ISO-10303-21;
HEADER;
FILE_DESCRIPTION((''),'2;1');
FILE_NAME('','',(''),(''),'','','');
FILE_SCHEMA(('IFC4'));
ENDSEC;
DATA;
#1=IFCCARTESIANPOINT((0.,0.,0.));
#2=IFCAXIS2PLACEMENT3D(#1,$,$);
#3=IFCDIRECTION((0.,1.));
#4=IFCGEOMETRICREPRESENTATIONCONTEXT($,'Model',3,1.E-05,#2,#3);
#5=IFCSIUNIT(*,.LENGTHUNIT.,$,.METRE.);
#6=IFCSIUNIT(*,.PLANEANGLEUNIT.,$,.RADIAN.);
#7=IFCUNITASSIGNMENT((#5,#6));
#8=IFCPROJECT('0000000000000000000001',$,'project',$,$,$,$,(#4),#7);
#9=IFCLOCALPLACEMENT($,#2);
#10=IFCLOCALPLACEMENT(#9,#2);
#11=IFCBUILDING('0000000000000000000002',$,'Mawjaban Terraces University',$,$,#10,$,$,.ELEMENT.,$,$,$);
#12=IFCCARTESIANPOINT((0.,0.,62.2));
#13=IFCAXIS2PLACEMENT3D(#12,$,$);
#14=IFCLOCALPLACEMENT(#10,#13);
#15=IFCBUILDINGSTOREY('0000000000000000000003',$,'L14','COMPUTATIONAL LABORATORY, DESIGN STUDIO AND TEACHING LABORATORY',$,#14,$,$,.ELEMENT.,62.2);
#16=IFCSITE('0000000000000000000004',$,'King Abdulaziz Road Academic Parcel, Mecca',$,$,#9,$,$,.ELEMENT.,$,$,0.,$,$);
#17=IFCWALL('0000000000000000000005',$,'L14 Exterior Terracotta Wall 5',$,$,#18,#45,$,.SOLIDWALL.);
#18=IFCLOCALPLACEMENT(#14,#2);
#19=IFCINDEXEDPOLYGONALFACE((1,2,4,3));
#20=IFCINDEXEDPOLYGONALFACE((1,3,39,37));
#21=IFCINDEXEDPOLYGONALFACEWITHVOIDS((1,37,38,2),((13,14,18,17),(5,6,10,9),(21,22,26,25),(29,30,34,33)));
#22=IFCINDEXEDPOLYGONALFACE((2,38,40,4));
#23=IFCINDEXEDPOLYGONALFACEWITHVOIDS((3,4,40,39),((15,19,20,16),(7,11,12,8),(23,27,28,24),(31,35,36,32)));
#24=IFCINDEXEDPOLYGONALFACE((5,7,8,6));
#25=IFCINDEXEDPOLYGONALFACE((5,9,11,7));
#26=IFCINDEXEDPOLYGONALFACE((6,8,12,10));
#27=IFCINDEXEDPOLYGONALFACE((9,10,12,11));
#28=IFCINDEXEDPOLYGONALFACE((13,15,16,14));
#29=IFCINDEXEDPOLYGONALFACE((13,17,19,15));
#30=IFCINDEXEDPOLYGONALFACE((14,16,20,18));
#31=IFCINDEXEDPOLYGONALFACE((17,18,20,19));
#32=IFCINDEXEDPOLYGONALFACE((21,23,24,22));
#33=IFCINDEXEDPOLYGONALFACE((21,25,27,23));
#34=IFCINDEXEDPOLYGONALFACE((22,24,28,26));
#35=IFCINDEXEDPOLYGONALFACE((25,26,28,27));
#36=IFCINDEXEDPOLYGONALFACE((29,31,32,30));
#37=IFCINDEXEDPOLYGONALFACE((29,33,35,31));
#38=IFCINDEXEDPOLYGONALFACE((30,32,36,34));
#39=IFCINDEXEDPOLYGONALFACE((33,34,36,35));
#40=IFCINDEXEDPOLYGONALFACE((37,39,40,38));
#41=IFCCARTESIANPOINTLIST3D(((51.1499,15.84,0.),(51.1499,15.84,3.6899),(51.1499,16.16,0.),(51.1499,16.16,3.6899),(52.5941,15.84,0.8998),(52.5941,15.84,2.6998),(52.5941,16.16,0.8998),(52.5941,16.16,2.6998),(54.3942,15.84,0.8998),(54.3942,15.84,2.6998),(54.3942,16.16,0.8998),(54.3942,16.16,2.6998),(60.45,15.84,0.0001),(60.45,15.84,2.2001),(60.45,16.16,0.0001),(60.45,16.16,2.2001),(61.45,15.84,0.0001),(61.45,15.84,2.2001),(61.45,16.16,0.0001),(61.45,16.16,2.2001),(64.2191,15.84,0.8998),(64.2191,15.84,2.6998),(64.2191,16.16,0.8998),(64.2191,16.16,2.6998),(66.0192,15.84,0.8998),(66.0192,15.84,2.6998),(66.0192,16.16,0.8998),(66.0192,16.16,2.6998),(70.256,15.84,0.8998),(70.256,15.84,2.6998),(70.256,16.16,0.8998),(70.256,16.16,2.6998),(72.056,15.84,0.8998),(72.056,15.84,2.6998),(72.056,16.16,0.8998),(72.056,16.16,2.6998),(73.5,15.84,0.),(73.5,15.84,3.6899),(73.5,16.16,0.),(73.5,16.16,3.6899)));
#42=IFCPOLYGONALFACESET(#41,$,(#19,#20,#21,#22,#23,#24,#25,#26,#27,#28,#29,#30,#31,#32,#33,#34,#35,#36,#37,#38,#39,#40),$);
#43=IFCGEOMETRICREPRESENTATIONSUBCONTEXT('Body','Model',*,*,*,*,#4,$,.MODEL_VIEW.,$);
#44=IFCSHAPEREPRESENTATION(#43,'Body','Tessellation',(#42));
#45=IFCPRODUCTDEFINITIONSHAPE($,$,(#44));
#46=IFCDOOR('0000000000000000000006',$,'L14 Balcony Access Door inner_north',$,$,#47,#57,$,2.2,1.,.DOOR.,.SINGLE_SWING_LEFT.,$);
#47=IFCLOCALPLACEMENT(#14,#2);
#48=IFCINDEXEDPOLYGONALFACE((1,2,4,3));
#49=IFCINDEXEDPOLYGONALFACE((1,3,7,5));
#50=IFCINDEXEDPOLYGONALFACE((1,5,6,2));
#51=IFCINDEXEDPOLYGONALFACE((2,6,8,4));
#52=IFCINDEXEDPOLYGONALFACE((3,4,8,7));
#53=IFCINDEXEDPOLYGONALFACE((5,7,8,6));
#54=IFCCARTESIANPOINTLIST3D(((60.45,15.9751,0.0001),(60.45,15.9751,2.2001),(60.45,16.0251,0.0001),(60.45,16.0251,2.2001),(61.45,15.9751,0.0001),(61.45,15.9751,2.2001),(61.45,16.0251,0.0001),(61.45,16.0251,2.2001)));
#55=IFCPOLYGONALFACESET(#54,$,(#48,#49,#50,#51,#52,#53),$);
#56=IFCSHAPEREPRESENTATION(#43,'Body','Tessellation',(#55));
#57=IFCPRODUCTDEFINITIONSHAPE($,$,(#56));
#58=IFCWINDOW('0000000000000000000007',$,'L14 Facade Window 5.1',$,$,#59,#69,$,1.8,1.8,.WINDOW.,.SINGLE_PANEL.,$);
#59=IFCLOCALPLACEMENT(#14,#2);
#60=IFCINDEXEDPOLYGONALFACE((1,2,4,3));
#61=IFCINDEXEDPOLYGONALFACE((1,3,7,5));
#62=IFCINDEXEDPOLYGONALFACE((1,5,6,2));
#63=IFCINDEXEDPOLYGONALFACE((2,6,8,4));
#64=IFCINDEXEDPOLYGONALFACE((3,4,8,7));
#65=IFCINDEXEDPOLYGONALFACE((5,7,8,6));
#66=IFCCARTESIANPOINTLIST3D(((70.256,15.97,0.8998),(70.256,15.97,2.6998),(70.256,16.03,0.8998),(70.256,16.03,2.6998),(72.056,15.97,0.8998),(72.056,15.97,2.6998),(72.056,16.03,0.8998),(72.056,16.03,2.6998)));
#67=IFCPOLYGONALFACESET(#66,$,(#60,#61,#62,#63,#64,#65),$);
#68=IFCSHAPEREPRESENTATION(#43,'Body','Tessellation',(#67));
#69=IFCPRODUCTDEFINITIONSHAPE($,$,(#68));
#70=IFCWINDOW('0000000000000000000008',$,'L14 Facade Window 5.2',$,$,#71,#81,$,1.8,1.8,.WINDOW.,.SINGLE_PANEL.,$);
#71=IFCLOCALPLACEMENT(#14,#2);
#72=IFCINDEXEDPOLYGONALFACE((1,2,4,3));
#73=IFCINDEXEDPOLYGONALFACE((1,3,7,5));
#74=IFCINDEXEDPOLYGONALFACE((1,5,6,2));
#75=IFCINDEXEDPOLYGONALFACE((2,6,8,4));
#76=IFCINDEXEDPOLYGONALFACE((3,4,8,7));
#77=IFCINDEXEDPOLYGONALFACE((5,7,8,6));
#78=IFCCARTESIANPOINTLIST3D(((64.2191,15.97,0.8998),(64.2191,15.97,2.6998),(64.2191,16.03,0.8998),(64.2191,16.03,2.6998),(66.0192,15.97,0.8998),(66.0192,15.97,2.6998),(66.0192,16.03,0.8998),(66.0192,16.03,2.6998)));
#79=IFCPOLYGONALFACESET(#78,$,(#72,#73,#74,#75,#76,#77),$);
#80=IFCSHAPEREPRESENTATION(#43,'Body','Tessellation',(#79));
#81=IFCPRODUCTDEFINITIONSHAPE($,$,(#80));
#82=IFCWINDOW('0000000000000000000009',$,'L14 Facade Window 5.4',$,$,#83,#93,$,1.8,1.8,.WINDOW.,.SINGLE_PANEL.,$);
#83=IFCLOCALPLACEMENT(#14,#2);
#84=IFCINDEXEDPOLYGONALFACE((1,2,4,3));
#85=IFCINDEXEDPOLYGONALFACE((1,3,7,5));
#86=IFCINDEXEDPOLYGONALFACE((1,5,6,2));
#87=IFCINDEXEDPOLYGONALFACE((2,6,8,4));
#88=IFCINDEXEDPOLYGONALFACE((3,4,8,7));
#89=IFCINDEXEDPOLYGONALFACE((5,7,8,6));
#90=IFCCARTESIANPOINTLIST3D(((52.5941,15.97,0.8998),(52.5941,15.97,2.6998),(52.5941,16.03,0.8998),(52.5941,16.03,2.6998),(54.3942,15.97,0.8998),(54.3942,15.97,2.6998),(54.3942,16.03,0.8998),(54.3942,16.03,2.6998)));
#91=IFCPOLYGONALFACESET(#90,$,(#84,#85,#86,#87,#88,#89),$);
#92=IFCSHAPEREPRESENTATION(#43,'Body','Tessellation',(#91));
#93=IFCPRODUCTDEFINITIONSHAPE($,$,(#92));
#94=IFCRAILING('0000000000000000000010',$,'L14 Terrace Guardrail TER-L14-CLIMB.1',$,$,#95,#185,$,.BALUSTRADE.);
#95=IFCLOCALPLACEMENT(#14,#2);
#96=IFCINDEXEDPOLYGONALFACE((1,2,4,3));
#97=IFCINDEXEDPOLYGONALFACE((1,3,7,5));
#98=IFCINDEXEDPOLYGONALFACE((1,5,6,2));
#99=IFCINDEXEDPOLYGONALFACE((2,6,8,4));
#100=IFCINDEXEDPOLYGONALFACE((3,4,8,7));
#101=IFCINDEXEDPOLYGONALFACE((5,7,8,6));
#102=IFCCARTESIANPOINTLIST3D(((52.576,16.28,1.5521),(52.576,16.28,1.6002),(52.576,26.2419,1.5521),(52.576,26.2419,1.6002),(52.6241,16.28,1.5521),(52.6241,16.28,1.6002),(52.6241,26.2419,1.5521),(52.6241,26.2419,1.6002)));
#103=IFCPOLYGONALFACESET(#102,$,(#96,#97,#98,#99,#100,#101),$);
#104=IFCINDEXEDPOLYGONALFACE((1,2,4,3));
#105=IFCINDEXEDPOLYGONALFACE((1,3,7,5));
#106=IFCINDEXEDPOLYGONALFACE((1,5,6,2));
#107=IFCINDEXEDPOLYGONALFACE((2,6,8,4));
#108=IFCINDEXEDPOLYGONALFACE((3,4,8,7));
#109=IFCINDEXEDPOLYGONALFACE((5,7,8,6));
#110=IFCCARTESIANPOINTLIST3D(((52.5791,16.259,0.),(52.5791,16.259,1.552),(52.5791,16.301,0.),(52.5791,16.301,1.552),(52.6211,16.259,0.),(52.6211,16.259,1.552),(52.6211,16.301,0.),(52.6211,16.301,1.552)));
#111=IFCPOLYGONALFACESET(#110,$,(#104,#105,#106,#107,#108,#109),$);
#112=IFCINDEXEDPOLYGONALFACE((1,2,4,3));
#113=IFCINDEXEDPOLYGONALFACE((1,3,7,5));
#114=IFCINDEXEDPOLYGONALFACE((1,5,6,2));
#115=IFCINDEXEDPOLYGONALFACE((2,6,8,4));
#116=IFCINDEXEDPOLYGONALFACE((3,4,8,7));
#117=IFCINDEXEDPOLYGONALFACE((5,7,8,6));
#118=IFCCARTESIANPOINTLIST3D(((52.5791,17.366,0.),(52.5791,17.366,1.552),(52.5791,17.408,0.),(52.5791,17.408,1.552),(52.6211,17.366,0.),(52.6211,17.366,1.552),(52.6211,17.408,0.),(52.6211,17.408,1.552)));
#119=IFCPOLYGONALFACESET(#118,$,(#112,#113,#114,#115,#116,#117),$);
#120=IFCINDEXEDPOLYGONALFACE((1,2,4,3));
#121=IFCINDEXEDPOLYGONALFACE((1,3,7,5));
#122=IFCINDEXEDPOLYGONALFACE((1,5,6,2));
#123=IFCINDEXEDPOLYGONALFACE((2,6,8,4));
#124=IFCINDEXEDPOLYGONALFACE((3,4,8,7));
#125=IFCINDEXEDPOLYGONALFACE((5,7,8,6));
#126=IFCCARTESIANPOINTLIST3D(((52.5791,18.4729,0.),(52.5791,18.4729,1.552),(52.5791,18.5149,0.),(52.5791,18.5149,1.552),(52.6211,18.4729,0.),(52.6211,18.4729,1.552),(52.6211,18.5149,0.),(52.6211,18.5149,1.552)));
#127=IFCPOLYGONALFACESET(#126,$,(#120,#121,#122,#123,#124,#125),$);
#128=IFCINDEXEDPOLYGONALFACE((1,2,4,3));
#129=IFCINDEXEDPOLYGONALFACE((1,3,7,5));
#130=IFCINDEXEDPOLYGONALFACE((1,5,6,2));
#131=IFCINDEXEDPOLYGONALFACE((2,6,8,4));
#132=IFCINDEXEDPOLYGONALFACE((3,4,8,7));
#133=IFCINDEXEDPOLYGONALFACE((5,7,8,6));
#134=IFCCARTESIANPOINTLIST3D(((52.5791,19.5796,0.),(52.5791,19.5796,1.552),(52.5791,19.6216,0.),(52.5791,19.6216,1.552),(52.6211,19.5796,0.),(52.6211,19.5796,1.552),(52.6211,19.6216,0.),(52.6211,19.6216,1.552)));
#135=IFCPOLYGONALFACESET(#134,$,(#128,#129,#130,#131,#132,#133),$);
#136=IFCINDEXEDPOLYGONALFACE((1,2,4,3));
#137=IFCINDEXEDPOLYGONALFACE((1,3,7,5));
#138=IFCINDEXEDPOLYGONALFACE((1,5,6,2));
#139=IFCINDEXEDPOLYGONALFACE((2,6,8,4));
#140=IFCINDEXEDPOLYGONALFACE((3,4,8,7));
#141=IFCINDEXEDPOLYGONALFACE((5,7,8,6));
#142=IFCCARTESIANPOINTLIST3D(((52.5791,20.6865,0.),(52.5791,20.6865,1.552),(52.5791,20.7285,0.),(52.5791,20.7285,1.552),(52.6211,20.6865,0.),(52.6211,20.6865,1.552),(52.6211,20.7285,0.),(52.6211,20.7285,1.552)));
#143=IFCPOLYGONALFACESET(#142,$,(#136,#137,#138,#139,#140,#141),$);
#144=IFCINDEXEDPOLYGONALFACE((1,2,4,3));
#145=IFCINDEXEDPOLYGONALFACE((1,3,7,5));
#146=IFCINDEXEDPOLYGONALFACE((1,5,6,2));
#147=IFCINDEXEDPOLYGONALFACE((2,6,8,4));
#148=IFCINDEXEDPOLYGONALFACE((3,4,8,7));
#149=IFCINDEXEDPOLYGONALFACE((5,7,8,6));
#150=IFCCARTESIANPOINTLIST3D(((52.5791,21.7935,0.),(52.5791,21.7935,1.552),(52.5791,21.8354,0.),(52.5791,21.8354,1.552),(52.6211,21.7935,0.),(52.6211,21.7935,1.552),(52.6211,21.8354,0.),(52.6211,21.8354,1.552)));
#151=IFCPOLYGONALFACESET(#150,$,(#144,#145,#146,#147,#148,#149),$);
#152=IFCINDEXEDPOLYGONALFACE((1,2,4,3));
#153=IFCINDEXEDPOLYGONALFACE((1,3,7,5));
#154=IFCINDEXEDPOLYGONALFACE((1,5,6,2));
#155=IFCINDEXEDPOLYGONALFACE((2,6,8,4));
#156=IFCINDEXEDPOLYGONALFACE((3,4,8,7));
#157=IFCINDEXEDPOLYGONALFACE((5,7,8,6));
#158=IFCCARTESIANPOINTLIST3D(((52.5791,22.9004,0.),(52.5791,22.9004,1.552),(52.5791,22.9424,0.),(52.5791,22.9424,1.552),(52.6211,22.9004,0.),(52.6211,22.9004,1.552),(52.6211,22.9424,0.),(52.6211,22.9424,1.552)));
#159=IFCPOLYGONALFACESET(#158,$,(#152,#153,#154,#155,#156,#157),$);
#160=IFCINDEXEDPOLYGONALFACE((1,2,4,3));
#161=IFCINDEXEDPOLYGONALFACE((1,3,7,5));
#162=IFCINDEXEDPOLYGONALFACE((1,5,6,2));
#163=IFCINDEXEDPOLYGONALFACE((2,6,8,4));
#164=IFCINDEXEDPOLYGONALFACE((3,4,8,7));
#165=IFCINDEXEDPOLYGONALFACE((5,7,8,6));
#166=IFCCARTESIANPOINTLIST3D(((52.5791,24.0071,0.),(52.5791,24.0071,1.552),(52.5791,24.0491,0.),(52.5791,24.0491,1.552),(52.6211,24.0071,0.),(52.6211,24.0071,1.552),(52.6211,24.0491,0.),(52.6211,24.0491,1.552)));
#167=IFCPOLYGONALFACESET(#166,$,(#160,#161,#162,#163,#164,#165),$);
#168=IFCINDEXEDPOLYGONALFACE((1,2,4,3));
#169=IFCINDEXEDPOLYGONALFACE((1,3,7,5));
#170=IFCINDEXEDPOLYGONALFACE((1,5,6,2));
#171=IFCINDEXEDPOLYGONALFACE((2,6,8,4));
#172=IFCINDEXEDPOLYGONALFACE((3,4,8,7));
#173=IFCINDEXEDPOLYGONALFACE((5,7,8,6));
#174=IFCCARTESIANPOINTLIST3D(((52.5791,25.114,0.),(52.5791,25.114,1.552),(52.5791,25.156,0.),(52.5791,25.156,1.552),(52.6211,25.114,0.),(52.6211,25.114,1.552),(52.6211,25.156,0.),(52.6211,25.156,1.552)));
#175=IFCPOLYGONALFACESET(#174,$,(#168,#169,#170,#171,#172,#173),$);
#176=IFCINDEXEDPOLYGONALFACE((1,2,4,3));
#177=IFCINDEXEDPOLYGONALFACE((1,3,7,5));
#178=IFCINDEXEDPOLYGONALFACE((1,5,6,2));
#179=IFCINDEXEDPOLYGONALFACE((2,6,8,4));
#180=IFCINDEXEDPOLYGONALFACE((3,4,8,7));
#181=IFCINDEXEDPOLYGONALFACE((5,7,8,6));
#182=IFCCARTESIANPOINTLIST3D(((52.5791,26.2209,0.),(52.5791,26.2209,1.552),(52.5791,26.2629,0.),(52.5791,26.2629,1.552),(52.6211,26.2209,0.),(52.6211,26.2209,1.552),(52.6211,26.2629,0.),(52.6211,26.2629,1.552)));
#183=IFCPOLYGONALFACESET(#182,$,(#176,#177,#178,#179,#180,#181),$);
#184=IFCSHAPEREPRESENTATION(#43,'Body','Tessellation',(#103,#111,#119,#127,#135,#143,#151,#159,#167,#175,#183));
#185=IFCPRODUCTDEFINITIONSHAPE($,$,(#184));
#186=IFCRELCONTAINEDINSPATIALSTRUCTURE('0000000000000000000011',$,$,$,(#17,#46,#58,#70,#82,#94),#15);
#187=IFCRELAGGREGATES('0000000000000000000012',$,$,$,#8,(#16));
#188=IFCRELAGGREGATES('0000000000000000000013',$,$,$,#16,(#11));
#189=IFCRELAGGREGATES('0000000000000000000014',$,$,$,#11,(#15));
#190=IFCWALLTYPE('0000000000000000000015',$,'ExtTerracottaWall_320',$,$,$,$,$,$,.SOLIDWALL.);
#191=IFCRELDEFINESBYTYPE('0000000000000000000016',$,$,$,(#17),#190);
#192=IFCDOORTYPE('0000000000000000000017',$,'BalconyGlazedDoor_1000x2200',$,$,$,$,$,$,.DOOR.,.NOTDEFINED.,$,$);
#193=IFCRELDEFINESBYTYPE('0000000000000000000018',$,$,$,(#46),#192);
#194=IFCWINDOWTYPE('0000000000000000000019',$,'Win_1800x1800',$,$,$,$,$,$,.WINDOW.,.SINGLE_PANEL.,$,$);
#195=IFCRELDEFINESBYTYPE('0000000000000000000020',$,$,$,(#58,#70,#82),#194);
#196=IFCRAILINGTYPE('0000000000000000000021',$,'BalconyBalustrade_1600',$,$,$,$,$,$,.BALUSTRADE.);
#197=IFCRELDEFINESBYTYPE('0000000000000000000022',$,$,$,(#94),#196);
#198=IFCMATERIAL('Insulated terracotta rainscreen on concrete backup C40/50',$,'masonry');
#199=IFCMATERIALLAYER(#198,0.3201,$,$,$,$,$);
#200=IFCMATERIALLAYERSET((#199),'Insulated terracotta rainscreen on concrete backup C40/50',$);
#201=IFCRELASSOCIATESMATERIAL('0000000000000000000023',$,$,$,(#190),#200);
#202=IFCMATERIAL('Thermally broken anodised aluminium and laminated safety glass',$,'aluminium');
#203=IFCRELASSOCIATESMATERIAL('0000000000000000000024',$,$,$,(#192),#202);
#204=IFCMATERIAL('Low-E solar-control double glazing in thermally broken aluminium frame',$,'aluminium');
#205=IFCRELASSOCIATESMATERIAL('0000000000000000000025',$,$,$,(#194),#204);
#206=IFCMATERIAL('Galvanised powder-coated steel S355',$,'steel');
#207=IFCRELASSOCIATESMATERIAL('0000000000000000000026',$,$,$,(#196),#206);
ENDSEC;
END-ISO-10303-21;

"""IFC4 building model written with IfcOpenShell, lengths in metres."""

from ifc_helpers import new_model, si_unit, direction, frame, frame_2d, origin, origin_2d, place, context, subcontext, project, spatial, rectangle, extrude, material, layer, layer_set, type_object, element, fill, save


model = new_model("IFC4")

# Units and contexts
model_context = context("Model", 3, precision=1e-05, world=origin(), true_north=direction((0.0, 1.0)))
body_context = subcontext(model_context, "Body", "Model", "MODEL_VIEW")
ifc_project = project(units=[si_unit("LENGTHUNIT", "METRE"), si_unit("PLANEANGLEUNIT", "RADIAN")], contexts=[model_context])

# Site, building, storey
site_placement = place(None, origin())
site = spatial("IfcSite", under=ifc_project, at=site_placement, Name="King Abdulaziz Road Academic Parcel, Mecca", CompositionType="ELEMENT", RefElevation=0.0)
building_placement = place(site_placement, origin())
building = spatial("IfcBuilding", under=site, at=building_placement, Name="Mawjaban Terraces University", CompositionType="ELEMENT")
storey_placement = place(building_placement, frame((0.0, 0.0, 62.2)))
storey = spatial("IfcBuildingStorey", under=building, at=storey_placement, Name="L14", Description="COMPUTATIONAL LABORATORY, DESIGN STUDIO AND TEACHING LABORATORY", CompositionType="ELEMENT", Elevation=62.2)

# Shared definitions
ifc_material_1 = material(Name="Insulated terracotta rainscreen on concrete backup C40/50", Category="masonry")
ifc_layer_1 = layer(ifc_material_1, 0.3201)
ifc_layer_set_1 = layer_set([ifc_layer_1], Name="Insulated terracotta rainscreen on concrete backup C40/50")
wall_type = type_object("IfcWallType", Name="ExtTerracottaWall_320", PredefinedType="SOLIDWALL", material=ifc_layer_set_1)

# Wall, openings, door, windows
wall_1_placement = place(storey_placement, frame((73.5, 16.0, 0.0), z_axis=(0.0, 0.0, 1.0), x_axis=(-1.0, 0.0, 0.0)))
wall_1 = element("IfcWall", 1, at=wall_1_placement, inside=storey, type_object=wall_type, Name="L14 Exterior Terracotta Wall 5", PredefinedType="SOLIDWALL", context=body_context, shape_type="SweptSolid", body=[
    extrude(rectangle(XDim=22.3501, YDim=0.3201, at=frame_2d((11.175, 0.0))), origin(), (0.0, 0.0, 1.0), 3.6899),
])
opening_1_placement = place(wall_1_placement, frame((12.05, 0.0, 0.0)))
opening_1 = element("IfcOpeningElement", 2, at=opening_1_placement, cuts=wall_1, PredefinedType="OPENING", context=body_context, shape_type="SweptSolid", body=[
    extrude(rectangle(XDim=1.0, YDim=2.2, at=frame_2d((0.5, 1.1001))), frame((0.0, 0.1699, 0.0), z_axis=(0.0, -1.0, 0.0), x_axis=(1.0, 0.0, 0.0)), (0.0, 0.0, 1.0), 0.3401),
])
opening_2_placement = place(wall_1_placement, frame((1.4441, 0.0, 0.8999)))
opening_2 = element("IfcOpeningElement", 3, at=opening_2_placement, cuts=wall_1, PredefinedType="OPENING", context=body_context, shape_type="SweptSolid", body=[
    extrude(rectangle(XDim=1.8, YDim=1.8, at=frame_2d((0.8999, 0.8999))), frame((0.0, 0.1699, 0.0), z_axis=(0.0, -1.0, 0.0), x_axis=(1.0, 0.0, 0.0)), (0.0, 0.0, 1.0), 0.3401),
])
opening_3_placement = place(wall_1_placement, frame((7.481, 0.0, 0.8999)))
opening_3 = element("IfcOpeningElement", 4, at=opening_3_placement, cuts=wall_1, PredefinedType="OPENING", context=body_context, shape_type="SweptSolid", body=[
    extrude(rectangle(XDim=1.8, YDim=1.8, at=frame_2d((0.8999, 0.8999))), frame((0.0, 0.1699, 0.0), z_axis=(0.0, -1.0, 0.0), x_axis=(1.0, 0.0, 0.0)), (0.0, 0.0, 1.0), 0.3401),
])
opening_4_placement = place(wall_1_placement, frame((19.106, 0.0, 0.8999)))
opening_4 = element("IfcOpeningElement", 5, at=opening_4_placement, cuts=wall_1, PredefinedType="OPENING", context=body_context, shape_type="SweptSolid", body=[
    extrude(rectangle(XDim=1.8, YDim=1.8, at=frame_2d((0.8999, 0.8999))), frame((0.0, 0.1699, 0.0), z_axis=(0.0, -1.0, 0.0), x_axis=(1.0, 0.0, 0.0)), (0.0, 0.0, 1.0), 0.3401),
])
ifc_material_2 = material(Name="Thermally broken anodised aluminium and laminated safety glass", Category="aluminium")
door_type = type_object("IfcDoorType", Name="BalconyGlazedDoor_1000x2200", OperationType="NOTDEFINED", PredefinedType="DOOR", material=ifc_material_2)
door_placement = place(opening_1_placement, origin())
door = element("IfcDoor", 6, at=door_placement, inside=storey, type_object=door_type, Name="L14 Balcony Access Door inner_north", OperationType="SINGLE_SWING_LEFT", OverallHeight=2.2, OverallWidth=1.0, PredefinedType="DOOR", context=body_context, shape_type="SweptSolid", body=[
    extrude(rectangle(XDim=1.0, YDim=2.2, at=frame_2d((0.5, 1.1001))), frame((0.0, 0.0249, 0.0), z_axis=(0.0, -1.0, 0.0), x_axis=(1.0, 0.0, 0.0)), (0.0, 0.0, 1.0), 0.05),
])
fill(opening_1, door)
ifc_material_3 = material(Name="Low-E solar-control double glazing in thermally broken aluminium frame", Category="aluminium")
window_type = type_object("IfcWindowType", Name="Win_1800x1800", PartitioningType="SINGLE_PANEL", PredefinedType="WINDOW", material=ifc_material_3)
window_1_placement = place(opening_2_placement, origin())
window_1 = element("IfcWindow", 7, at=window_1_placement, inside=storey, type_object=window_type, Name="L14 Facade Window 5.1", OverallHeight=1.8, OverallWidth=1.8, PartitioningType="SINGLE_PANEL", PredefinedType="WINDOW", context=body_context, shape_type="SweptSolid", body=[
    extrude(rectangle(XDim=1.8, YDim=1.8, at=frame_2d((0.8999, 0.8999))), frame((0.0, 0.03, 0.0), z_axis=(0.0, -1.0, 0.0), x_axis=(1.0, 0.0, 0.0)), (0.0, 0.0, 1.0), 0.0601),
])
fill(opening_2, window_1)
window_2_placement = place(opening_3_placement, origin())
window_2 = element("IfcWindow", 8, at=window_2_placement, inside=storey, type_object=window_type, Name="L14 Facade Window 5.2", OverallHeight=1.8, OverallWidth=1.8, PartitioningType="SINGLE_PANEL", PredefinedType="WINDOW", context=body_context, shape_type="SweptSolid", body=[
    extrude(rectangle(XDim=1.8, YDim=1.8, at=frame_2d((0.8999, 0.8999))), frame((0.0, 0.03, 0.0), z_axis=(0.0, -1.0, 0.0), x_axis=(1.0, 0.0, 0.0)), (0.0, 0.0, 1.0), 0.0601),
])
fill(opening_3, window_2)
window_3_placement = place(opening_4_placement, origin())
window_3 = element("IfcWindow", 9, at=window_3_placement, inside=storey, type_object=window_type, Name="L14 Facade Window 5.4", OverallHeight=1.8, OverallWidth=1.8, PartitioningType="SINGLE_PANEL", PredefinedType="WINDOW", context=body_context, shape_type="SweptSolid", body=[
    extrude(rectangle(XDim=1.8, YDim=1.8, at=frame_2d((0.8999, 0.8999))), frame((0.0, 0.03, 0.0), z_axis=(0.0, -1.0, 0.0), x_axis=(1.0, 0.0, 0.0)), (0.0, 0.0, 1.0), 0.0601),
])
fill(opening_4, window_3)

# Railing
ifc_material_4 = material(Name="Galvanised powder-coated steel S355", Category="steel")
railing_type = type_object("IfcRailingType", Name="BalconyBalustrade_1600", PredefinedType="BALUSTRADE", material=ifc_material_4)
railing_1_placement = place(storey_placement, frame((52.6001, 16.28, 0.0)))
element("IfcRailing", 10, at=railing_1_placement, inside=storey, type_object=railing_type, Name="L14 Terrace Guardrail TER-L14-CLIMB.1", PredefinedType="BALUSTRADE", context=body_context, shape_type="SweptSolid", body=[
    extrude(rectangle(XDim=0.0481, YDim=0.0481, at=origin_2d()), frame((0.0, 0.0, 1.5762), z_axis=(0.0, 1.0, 0.0), x_axis=(-1.0, 0.0, 0.0)), (0.0, 0.0, 1.0), 9.9619),
    extrude(rectangle(XDim=0.042, YDim=0.042, at=origin_2d()), origin(), (0.0, 0.0, 1.0), 1.552),
    extrude(rectangle(XDim=0.042, YDim=0.042, at=origin_2d()), frame((0.0, 1.1069, 0.0)), (0.0, 0.0, 1.0), 1.552),
    extrude(rectangle(XDim=0.042, YDim=0.042, at=origin_2d()), frame((0.0, 2.2139, 0.0)), (0.0, 0.0, 1.0), 1.552),
    extrude(rectangle(XDim=0.042, YDim=0.042, at=origin_2d()), frame((0.0, 3.3206, 0.0)), (0.0, 0.0, 1.0), 1.552),
    extrude(rectangle(XDim=0.042, YDim=0.042, at=origin_2d()), frame((0.0, 4.4275, 0.0)), (0.0, 0.0, 1.0), 1.552),
    extrude(rectangle(XDim=0.042, YDim=0.042, at=origin_2d()), frame((0.0, 5.5344, 0.0)), (0.0, 0.0, 1.0), 1.552),
    extrude(rectangle(XDim=0.042, YDim=0.042, at=origin_2d()), frame((0.0, 6.6414, 0.0)), (0.0, 0.0, 1.0), 1.552),
    extrude(rectangle(XDim=0.042, YDim=0.042, at=origin_2d()), frame((0.0, 7.748, 0.0)), (0.0, 0.0, 1.0), 1.552),
    extrude(rectangle(XDim=0.042, YDim=0.042, at=origin_2d()), frame((0.0, 8.855, 0.0)), (0.0, 0.0, 1.0), 1.552),
    extrude(rectangle(XDim=0.042, YDim=0.042, at=origin_2d()), frame((0.0, 9.9619, 0.0)), (0.0, 0.0, 1.0), 1.552),
])

save(model, "model.ifc")
